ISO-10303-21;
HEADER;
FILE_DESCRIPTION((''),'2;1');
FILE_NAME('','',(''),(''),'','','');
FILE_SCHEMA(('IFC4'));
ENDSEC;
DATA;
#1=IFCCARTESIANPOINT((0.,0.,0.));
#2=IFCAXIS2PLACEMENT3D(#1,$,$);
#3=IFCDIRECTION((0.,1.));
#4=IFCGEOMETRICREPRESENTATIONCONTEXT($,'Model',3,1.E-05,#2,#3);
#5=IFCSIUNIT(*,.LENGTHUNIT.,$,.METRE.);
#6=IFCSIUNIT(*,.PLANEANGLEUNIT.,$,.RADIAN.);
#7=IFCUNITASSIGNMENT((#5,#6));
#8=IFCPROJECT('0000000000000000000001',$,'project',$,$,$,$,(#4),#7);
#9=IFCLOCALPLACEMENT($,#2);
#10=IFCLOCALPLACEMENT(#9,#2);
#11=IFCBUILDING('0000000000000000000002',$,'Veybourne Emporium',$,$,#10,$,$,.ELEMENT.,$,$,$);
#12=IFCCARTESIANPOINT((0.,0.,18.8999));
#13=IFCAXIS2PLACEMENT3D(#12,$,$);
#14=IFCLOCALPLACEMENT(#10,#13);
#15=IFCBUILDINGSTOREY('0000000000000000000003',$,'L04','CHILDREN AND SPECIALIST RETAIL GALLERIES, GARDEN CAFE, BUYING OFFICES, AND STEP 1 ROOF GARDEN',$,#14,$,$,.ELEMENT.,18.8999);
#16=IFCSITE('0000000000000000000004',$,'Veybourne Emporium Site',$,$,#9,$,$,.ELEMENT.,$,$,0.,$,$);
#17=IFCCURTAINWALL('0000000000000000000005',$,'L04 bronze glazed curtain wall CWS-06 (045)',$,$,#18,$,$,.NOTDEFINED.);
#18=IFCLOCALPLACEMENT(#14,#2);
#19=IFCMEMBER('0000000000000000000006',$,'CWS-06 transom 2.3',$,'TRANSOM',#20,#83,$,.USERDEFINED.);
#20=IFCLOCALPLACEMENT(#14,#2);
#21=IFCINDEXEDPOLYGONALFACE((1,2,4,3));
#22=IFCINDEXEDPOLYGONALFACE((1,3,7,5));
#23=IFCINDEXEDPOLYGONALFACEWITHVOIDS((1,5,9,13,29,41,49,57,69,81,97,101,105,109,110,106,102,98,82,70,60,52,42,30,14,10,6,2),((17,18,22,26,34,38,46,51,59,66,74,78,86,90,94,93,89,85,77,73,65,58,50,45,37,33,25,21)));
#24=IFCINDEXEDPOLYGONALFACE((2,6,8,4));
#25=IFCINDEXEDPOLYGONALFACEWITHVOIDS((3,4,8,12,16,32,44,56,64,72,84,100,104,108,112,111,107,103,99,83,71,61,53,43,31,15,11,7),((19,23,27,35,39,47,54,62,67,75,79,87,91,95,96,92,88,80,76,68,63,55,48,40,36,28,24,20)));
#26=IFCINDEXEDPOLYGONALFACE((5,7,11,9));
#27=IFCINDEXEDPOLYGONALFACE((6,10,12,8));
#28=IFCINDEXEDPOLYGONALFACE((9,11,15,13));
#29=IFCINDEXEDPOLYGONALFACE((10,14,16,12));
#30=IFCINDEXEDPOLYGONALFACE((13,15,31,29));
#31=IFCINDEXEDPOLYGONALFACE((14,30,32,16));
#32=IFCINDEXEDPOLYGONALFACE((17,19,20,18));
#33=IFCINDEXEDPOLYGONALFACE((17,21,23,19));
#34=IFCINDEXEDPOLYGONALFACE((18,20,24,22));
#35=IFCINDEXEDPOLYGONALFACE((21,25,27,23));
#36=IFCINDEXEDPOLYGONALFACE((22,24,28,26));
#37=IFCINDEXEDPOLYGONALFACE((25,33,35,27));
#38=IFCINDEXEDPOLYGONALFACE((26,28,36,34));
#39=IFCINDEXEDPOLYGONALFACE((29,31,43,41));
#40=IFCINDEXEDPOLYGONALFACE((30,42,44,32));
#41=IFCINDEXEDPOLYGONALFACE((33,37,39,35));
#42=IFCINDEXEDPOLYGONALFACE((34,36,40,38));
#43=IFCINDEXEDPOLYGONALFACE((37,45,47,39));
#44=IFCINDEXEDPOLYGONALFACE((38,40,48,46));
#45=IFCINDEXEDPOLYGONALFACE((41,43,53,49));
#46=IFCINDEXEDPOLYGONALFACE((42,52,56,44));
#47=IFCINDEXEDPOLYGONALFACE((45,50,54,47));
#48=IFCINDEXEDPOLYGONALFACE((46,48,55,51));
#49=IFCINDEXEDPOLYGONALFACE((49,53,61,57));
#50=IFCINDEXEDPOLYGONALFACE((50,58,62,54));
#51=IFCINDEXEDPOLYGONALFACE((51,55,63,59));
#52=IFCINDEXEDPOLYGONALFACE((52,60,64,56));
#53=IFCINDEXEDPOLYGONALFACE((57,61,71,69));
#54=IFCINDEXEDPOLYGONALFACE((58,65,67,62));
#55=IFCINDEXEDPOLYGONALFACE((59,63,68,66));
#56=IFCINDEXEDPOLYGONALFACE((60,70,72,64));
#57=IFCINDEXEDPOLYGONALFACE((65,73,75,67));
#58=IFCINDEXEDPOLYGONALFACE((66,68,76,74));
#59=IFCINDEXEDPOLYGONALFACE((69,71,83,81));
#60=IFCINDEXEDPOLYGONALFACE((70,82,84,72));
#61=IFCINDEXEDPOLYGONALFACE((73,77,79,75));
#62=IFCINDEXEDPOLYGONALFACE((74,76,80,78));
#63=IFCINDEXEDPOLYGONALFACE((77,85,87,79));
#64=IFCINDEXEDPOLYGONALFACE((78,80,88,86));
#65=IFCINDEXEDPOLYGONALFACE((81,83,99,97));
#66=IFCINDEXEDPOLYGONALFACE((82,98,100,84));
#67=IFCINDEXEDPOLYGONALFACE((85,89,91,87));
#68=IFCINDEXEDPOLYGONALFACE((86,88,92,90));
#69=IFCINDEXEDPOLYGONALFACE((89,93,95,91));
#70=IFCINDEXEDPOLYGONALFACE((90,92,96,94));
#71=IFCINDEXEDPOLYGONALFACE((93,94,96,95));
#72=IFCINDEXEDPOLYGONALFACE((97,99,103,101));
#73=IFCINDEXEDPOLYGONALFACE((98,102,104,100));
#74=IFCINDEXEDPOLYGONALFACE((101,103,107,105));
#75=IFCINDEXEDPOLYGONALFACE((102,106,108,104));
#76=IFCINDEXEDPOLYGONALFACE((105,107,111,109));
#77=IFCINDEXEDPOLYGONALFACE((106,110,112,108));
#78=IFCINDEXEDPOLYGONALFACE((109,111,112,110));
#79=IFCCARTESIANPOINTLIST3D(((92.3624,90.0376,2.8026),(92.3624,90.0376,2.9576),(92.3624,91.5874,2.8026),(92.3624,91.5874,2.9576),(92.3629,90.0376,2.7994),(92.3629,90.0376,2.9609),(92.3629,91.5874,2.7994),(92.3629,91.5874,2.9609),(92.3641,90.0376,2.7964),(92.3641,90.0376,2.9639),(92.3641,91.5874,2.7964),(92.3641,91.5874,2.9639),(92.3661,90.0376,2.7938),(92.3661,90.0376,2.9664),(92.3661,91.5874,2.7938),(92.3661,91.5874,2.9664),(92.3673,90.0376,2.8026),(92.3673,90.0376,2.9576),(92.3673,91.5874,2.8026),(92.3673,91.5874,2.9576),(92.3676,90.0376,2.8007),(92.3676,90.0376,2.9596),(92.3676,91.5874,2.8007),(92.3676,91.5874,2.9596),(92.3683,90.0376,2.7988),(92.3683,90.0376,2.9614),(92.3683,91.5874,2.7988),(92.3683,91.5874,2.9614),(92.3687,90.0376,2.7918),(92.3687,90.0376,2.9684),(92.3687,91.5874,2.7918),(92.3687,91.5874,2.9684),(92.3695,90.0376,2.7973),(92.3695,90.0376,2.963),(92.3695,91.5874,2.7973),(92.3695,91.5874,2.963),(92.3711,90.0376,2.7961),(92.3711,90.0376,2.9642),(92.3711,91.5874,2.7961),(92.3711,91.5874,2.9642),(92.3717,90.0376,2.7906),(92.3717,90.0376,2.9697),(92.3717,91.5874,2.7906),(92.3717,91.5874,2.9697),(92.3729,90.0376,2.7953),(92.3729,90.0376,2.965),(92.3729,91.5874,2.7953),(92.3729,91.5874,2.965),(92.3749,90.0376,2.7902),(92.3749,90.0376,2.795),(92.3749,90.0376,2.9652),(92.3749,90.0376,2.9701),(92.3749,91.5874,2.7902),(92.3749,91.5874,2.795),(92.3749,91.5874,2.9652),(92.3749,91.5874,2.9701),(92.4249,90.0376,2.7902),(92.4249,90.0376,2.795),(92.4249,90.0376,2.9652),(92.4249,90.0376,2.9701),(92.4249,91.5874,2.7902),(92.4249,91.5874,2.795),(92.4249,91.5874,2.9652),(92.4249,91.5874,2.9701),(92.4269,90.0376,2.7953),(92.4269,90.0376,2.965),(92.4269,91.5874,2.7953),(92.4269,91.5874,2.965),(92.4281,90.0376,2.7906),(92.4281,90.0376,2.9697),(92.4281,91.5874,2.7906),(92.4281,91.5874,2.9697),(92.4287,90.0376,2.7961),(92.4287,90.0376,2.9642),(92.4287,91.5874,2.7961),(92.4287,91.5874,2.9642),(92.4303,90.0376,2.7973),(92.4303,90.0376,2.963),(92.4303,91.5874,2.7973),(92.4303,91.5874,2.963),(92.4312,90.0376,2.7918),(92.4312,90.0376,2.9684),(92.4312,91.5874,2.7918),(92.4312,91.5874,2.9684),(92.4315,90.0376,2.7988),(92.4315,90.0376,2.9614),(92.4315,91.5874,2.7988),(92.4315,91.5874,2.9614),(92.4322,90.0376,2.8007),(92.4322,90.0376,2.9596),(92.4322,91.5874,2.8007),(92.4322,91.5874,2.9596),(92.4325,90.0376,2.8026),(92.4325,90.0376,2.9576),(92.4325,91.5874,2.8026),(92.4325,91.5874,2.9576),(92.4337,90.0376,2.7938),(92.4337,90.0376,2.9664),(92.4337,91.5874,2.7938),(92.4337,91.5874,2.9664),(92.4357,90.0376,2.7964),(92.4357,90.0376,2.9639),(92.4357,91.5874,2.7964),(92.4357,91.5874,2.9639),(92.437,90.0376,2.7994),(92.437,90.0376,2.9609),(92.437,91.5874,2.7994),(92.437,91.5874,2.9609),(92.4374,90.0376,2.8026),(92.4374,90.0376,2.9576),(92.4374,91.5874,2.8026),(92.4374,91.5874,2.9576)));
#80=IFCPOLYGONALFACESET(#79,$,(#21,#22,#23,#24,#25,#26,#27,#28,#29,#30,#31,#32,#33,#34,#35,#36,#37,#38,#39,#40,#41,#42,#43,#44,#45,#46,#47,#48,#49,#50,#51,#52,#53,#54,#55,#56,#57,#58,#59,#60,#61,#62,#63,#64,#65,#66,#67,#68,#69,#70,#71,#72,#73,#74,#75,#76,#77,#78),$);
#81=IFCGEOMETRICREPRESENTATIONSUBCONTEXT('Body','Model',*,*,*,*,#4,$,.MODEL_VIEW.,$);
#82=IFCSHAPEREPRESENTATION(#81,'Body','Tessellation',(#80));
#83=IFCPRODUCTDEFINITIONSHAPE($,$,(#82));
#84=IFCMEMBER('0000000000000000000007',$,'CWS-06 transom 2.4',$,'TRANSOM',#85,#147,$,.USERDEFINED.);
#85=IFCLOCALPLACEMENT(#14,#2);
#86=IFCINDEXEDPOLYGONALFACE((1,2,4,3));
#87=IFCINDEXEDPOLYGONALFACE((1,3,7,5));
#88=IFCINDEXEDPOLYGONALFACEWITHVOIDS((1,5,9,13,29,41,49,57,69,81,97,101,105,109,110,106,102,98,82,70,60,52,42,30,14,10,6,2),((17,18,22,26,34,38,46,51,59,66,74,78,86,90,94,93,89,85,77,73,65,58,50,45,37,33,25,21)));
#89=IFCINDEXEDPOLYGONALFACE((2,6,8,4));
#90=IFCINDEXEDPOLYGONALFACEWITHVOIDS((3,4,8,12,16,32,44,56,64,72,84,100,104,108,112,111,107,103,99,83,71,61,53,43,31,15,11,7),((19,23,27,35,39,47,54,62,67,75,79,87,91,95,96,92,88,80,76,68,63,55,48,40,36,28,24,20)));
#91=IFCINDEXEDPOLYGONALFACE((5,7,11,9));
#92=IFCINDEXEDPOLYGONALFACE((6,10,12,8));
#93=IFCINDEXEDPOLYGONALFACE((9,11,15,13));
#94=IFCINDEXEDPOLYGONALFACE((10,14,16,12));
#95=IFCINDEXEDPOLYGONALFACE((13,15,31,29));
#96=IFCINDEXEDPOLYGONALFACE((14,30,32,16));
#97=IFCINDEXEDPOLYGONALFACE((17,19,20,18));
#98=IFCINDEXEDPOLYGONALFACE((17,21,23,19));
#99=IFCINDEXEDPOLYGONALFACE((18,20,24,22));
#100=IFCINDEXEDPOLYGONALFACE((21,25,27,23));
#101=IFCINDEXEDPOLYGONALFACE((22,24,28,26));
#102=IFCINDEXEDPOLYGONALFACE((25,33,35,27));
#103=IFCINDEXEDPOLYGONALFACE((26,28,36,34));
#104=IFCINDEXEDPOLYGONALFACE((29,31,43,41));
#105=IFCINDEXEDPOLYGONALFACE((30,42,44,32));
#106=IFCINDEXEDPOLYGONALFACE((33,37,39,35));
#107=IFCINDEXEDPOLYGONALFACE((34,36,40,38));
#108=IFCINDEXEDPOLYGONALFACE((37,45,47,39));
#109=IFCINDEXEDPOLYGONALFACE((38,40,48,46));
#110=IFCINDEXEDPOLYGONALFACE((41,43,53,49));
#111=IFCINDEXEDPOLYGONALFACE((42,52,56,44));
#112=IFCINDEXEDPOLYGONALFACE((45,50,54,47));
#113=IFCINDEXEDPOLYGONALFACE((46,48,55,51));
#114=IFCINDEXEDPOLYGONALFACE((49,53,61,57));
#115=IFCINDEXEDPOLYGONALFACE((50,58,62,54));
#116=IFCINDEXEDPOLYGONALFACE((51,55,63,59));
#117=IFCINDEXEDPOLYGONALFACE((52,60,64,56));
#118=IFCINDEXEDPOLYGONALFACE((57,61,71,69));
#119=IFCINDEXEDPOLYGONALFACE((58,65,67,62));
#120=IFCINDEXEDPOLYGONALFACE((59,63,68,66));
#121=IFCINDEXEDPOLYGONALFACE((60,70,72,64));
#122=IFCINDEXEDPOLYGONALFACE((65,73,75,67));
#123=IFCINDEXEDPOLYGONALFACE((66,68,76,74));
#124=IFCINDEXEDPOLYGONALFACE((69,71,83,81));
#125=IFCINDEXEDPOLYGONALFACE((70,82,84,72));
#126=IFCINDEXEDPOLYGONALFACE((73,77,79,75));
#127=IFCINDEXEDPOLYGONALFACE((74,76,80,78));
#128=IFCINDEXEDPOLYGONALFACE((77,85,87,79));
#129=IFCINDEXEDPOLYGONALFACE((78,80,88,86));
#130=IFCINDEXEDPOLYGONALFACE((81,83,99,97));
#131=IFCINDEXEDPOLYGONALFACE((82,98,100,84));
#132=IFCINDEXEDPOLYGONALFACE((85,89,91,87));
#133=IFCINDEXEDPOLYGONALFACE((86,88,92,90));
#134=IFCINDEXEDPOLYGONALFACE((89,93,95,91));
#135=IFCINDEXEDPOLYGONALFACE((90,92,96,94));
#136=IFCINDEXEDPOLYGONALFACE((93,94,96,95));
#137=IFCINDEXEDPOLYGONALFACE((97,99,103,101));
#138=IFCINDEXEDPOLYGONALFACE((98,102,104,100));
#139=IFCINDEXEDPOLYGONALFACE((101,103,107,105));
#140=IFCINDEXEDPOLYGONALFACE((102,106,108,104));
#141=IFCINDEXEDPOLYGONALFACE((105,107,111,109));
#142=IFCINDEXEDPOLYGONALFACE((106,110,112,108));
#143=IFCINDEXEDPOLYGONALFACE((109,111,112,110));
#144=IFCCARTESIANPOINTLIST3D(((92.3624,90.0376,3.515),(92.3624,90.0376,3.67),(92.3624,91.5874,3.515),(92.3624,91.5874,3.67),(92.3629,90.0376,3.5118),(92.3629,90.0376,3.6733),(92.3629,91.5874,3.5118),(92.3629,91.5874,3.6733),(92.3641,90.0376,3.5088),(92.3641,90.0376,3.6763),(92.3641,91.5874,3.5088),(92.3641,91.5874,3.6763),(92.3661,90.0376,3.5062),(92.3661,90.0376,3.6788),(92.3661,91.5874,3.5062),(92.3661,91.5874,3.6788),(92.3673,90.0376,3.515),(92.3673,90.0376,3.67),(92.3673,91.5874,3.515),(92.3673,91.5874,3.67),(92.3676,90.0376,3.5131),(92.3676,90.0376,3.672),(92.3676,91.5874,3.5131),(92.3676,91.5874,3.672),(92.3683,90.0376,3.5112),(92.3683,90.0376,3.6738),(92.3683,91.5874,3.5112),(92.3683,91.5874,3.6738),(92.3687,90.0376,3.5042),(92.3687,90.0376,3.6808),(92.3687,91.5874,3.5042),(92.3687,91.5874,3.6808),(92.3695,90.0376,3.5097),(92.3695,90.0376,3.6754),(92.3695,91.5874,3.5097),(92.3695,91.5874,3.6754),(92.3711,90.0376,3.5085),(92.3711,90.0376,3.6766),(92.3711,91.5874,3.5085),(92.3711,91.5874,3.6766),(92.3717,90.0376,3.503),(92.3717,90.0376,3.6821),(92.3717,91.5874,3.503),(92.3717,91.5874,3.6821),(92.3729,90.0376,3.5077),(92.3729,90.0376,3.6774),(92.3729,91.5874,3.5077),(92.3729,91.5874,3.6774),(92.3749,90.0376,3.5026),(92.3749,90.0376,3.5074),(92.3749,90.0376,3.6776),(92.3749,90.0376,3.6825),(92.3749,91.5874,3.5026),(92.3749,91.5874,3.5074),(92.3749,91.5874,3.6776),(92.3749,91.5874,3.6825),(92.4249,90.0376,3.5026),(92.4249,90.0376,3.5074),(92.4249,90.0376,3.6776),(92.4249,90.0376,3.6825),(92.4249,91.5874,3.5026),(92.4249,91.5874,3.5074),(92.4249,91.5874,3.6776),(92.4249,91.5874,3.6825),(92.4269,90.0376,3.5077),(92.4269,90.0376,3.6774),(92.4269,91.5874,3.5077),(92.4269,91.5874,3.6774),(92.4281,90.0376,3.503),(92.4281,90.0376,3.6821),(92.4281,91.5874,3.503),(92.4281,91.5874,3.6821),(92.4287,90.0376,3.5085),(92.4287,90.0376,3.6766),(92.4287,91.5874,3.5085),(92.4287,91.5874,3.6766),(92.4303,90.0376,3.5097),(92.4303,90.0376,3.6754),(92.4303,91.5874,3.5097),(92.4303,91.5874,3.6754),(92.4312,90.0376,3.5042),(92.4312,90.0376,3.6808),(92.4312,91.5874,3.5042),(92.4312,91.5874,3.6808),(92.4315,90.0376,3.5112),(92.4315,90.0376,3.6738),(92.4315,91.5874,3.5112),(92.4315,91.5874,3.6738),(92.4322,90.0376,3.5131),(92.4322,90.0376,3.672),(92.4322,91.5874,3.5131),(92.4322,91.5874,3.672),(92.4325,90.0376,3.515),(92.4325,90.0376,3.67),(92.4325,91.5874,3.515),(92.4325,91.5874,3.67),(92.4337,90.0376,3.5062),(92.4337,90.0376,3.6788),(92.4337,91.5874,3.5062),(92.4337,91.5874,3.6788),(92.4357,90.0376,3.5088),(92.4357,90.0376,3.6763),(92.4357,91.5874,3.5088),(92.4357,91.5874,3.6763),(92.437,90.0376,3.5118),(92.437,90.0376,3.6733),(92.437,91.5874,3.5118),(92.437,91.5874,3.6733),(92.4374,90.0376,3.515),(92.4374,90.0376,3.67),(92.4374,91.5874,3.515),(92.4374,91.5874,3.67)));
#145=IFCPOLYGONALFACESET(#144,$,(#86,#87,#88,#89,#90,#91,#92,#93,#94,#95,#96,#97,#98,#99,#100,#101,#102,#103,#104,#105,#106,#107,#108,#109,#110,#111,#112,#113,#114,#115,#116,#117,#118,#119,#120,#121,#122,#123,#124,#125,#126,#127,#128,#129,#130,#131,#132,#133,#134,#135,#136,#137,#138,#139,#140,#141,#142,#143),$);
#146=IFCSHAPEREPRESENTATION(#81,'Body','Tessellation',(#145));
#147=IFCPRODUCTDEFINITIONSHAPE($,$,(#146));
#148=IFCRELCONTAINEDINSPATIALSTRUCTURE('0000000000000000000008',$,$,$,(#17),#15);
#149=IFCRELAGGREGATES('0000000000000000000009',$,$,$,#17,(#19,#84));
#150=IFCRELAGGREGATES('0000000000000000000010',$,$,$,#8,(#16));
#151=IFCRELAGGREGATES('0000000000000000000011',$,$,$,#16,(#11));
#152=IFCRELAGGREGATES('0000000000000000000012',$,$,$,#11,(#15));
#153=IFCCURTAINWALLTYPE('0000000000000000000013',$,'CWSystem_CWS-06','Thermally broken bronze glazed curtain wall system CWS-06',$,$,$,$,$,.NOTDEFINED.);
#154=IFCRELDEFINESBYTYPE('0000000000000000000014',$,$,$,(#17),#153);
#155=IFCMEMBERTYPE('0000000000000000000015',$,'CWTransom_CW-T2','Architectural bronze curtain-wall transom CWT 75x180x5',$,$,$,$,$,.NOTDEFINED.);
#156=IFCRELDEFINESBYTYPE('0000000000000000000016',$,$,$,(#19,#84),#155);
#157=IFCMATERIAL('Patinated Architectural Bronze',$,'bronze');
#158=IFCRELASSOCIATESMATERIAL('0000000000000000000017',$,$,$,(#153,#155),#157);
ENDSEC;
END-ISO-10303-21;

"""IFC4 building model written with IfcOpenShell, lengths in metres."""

from ifc_helpers import new_model, si_unit, direction, frame, origin, origin_2d, place, context, subcontext, project, spatial, hollow_rectangle, extrude, material, material_profile, profile_set, type_object, element, aggregate, save


model = new_model("IFC4")

# Units and contexts
model_context = context("Model", 3, precision=1e-05, world=origin(), true_north=direction((0.0, 1.0)))
body_context = subcontext(model_context, "Body", "Model", "MODEL_VIEW")
ifc_project = project(units=[si_unit("LENGTHUNIT", "METRE"), si_unit("PLANEANGLEUNIT", "RADIAN")], contexts=[model_context])

# Site, building, storey
site_placement = place(None, origin())
site = spatial("IfcSite", under=ifc_project, at=site_placement, Name="Veybourne Emporium Site", CompositionType="ELEMENT", RefElevation=0.0)
building_placement = place(site_placement, origin())
building = spatial("IfcBuilding", under=site, at=building_placement, Name="Veybourne Emporium", CompositionType="ELEMENT")
storey_placement = place(building_placement, frame((0.0, 0.0, 18.8999)))
storey = spatial("IfcBuildingStorey", under=building, at=storey_placement, Name="L04", Description="CHILDREN AND SPECIALIST RETAIL GALLERIES, GARDEN CAFE, BUYING OFFICES, AND STEP 1 ROOF GARDEN", CompositionType="ELEMENT", Elevation=18.8999)

# Curtain wall, members
ifc_material_1 = material(Name="Patinated Architectural Bronze", Category="bronze")
curtain_wall_type = type_object("IfcCurtainWallType", Name="CWSystem_CWS-06", Description="Thermally broken bronze glazed curtain wall system CWS-06", PredefinedType="NOTDEFINED", material=ifc_material_1)
curtain_wall_placement = place(storey_placement, origin())
curtain_wall = element("IfcCurtainWall", 1, at=curtain_wall_placement, inside=storey, type_object=curtain_wall_type, Name="L04 bronze glazed curtain wall CWS-06 (045)", PredefinedType="NOTDEFINED")
ifc_material_profile_1 = material_profile(ifc_material_1, hollow_rectangle(XDim=0.075, YDim=0.1799, WallThickness=0.0049, InnerFilletRadius=0.0076, OuterFilletRadius=0.0125, at=origin_2d()), Name="CWT 75x180x5")
ifc_profile_set_1 = profile_set([ifc_material_profile_1], Name="Patinated Architectural Bronze")
member_type_1 = type_object("IfcMemberType", Name="CWTransom_CW-T2", Description="Architectural bronze curtain-wall transom CWT 75x180x5", PredefinedType="NOTDEFINED", material=ifc_profile_set_1)
member_1_placement = place(storey_placement, frame((92.3999, 91.5874, 2.8801), z_axis=(0.0, -1.0, 0.0), x_axis=(1.0, 0.0, 0.0)))
member_1 = element("IfcMember", 2, at=member_1_placement, type_object=member_type_1, Name="CWS-06 transom 2.3", ObjectType="TRANSOM", PredefinedType="USERDEFINED", context=body_context, shape_type="SweptSolid", body=[
    extrude(hollow_rectangle(XDim=0.075, YDim=0.1799, WallThickness=0.0049, InnerFilletRadius=0.0076, OuterFilletRadius=0.0125, at=origin_2d()), origin(), (0.0, 0.0, 1.0), 1.5498),
])
member_2_placement = place(storey_placement, frame((92.3999, 91.5874, 3.5925), z_axis=(0.0, -1.0, 0.0), x_axis=(1.0, 0.0, 0.0)))
member_2 = element("IfcMember", 3, at=member_2_placement, type_object=member_type_1, Name="CWS-06 transom 2.4", ObjectType="TRANSOM", PredefinedType="USERDEFINED", context=body_context, shape_type="SweptSolid", body=[
    extrude(hollow_rectangle(XDim=0.075, YDim=0.1799, WallThickness=0.0049, InnerFilletRadius=0.0076, OuterFilletRadius=0.0125, at=origin_2d()), origin(), (0.0, 0.0, 1.0), 1.5498),
])
aggregate(curtain_wall, [member_1, member_2])

save(model, "model.ifc")
